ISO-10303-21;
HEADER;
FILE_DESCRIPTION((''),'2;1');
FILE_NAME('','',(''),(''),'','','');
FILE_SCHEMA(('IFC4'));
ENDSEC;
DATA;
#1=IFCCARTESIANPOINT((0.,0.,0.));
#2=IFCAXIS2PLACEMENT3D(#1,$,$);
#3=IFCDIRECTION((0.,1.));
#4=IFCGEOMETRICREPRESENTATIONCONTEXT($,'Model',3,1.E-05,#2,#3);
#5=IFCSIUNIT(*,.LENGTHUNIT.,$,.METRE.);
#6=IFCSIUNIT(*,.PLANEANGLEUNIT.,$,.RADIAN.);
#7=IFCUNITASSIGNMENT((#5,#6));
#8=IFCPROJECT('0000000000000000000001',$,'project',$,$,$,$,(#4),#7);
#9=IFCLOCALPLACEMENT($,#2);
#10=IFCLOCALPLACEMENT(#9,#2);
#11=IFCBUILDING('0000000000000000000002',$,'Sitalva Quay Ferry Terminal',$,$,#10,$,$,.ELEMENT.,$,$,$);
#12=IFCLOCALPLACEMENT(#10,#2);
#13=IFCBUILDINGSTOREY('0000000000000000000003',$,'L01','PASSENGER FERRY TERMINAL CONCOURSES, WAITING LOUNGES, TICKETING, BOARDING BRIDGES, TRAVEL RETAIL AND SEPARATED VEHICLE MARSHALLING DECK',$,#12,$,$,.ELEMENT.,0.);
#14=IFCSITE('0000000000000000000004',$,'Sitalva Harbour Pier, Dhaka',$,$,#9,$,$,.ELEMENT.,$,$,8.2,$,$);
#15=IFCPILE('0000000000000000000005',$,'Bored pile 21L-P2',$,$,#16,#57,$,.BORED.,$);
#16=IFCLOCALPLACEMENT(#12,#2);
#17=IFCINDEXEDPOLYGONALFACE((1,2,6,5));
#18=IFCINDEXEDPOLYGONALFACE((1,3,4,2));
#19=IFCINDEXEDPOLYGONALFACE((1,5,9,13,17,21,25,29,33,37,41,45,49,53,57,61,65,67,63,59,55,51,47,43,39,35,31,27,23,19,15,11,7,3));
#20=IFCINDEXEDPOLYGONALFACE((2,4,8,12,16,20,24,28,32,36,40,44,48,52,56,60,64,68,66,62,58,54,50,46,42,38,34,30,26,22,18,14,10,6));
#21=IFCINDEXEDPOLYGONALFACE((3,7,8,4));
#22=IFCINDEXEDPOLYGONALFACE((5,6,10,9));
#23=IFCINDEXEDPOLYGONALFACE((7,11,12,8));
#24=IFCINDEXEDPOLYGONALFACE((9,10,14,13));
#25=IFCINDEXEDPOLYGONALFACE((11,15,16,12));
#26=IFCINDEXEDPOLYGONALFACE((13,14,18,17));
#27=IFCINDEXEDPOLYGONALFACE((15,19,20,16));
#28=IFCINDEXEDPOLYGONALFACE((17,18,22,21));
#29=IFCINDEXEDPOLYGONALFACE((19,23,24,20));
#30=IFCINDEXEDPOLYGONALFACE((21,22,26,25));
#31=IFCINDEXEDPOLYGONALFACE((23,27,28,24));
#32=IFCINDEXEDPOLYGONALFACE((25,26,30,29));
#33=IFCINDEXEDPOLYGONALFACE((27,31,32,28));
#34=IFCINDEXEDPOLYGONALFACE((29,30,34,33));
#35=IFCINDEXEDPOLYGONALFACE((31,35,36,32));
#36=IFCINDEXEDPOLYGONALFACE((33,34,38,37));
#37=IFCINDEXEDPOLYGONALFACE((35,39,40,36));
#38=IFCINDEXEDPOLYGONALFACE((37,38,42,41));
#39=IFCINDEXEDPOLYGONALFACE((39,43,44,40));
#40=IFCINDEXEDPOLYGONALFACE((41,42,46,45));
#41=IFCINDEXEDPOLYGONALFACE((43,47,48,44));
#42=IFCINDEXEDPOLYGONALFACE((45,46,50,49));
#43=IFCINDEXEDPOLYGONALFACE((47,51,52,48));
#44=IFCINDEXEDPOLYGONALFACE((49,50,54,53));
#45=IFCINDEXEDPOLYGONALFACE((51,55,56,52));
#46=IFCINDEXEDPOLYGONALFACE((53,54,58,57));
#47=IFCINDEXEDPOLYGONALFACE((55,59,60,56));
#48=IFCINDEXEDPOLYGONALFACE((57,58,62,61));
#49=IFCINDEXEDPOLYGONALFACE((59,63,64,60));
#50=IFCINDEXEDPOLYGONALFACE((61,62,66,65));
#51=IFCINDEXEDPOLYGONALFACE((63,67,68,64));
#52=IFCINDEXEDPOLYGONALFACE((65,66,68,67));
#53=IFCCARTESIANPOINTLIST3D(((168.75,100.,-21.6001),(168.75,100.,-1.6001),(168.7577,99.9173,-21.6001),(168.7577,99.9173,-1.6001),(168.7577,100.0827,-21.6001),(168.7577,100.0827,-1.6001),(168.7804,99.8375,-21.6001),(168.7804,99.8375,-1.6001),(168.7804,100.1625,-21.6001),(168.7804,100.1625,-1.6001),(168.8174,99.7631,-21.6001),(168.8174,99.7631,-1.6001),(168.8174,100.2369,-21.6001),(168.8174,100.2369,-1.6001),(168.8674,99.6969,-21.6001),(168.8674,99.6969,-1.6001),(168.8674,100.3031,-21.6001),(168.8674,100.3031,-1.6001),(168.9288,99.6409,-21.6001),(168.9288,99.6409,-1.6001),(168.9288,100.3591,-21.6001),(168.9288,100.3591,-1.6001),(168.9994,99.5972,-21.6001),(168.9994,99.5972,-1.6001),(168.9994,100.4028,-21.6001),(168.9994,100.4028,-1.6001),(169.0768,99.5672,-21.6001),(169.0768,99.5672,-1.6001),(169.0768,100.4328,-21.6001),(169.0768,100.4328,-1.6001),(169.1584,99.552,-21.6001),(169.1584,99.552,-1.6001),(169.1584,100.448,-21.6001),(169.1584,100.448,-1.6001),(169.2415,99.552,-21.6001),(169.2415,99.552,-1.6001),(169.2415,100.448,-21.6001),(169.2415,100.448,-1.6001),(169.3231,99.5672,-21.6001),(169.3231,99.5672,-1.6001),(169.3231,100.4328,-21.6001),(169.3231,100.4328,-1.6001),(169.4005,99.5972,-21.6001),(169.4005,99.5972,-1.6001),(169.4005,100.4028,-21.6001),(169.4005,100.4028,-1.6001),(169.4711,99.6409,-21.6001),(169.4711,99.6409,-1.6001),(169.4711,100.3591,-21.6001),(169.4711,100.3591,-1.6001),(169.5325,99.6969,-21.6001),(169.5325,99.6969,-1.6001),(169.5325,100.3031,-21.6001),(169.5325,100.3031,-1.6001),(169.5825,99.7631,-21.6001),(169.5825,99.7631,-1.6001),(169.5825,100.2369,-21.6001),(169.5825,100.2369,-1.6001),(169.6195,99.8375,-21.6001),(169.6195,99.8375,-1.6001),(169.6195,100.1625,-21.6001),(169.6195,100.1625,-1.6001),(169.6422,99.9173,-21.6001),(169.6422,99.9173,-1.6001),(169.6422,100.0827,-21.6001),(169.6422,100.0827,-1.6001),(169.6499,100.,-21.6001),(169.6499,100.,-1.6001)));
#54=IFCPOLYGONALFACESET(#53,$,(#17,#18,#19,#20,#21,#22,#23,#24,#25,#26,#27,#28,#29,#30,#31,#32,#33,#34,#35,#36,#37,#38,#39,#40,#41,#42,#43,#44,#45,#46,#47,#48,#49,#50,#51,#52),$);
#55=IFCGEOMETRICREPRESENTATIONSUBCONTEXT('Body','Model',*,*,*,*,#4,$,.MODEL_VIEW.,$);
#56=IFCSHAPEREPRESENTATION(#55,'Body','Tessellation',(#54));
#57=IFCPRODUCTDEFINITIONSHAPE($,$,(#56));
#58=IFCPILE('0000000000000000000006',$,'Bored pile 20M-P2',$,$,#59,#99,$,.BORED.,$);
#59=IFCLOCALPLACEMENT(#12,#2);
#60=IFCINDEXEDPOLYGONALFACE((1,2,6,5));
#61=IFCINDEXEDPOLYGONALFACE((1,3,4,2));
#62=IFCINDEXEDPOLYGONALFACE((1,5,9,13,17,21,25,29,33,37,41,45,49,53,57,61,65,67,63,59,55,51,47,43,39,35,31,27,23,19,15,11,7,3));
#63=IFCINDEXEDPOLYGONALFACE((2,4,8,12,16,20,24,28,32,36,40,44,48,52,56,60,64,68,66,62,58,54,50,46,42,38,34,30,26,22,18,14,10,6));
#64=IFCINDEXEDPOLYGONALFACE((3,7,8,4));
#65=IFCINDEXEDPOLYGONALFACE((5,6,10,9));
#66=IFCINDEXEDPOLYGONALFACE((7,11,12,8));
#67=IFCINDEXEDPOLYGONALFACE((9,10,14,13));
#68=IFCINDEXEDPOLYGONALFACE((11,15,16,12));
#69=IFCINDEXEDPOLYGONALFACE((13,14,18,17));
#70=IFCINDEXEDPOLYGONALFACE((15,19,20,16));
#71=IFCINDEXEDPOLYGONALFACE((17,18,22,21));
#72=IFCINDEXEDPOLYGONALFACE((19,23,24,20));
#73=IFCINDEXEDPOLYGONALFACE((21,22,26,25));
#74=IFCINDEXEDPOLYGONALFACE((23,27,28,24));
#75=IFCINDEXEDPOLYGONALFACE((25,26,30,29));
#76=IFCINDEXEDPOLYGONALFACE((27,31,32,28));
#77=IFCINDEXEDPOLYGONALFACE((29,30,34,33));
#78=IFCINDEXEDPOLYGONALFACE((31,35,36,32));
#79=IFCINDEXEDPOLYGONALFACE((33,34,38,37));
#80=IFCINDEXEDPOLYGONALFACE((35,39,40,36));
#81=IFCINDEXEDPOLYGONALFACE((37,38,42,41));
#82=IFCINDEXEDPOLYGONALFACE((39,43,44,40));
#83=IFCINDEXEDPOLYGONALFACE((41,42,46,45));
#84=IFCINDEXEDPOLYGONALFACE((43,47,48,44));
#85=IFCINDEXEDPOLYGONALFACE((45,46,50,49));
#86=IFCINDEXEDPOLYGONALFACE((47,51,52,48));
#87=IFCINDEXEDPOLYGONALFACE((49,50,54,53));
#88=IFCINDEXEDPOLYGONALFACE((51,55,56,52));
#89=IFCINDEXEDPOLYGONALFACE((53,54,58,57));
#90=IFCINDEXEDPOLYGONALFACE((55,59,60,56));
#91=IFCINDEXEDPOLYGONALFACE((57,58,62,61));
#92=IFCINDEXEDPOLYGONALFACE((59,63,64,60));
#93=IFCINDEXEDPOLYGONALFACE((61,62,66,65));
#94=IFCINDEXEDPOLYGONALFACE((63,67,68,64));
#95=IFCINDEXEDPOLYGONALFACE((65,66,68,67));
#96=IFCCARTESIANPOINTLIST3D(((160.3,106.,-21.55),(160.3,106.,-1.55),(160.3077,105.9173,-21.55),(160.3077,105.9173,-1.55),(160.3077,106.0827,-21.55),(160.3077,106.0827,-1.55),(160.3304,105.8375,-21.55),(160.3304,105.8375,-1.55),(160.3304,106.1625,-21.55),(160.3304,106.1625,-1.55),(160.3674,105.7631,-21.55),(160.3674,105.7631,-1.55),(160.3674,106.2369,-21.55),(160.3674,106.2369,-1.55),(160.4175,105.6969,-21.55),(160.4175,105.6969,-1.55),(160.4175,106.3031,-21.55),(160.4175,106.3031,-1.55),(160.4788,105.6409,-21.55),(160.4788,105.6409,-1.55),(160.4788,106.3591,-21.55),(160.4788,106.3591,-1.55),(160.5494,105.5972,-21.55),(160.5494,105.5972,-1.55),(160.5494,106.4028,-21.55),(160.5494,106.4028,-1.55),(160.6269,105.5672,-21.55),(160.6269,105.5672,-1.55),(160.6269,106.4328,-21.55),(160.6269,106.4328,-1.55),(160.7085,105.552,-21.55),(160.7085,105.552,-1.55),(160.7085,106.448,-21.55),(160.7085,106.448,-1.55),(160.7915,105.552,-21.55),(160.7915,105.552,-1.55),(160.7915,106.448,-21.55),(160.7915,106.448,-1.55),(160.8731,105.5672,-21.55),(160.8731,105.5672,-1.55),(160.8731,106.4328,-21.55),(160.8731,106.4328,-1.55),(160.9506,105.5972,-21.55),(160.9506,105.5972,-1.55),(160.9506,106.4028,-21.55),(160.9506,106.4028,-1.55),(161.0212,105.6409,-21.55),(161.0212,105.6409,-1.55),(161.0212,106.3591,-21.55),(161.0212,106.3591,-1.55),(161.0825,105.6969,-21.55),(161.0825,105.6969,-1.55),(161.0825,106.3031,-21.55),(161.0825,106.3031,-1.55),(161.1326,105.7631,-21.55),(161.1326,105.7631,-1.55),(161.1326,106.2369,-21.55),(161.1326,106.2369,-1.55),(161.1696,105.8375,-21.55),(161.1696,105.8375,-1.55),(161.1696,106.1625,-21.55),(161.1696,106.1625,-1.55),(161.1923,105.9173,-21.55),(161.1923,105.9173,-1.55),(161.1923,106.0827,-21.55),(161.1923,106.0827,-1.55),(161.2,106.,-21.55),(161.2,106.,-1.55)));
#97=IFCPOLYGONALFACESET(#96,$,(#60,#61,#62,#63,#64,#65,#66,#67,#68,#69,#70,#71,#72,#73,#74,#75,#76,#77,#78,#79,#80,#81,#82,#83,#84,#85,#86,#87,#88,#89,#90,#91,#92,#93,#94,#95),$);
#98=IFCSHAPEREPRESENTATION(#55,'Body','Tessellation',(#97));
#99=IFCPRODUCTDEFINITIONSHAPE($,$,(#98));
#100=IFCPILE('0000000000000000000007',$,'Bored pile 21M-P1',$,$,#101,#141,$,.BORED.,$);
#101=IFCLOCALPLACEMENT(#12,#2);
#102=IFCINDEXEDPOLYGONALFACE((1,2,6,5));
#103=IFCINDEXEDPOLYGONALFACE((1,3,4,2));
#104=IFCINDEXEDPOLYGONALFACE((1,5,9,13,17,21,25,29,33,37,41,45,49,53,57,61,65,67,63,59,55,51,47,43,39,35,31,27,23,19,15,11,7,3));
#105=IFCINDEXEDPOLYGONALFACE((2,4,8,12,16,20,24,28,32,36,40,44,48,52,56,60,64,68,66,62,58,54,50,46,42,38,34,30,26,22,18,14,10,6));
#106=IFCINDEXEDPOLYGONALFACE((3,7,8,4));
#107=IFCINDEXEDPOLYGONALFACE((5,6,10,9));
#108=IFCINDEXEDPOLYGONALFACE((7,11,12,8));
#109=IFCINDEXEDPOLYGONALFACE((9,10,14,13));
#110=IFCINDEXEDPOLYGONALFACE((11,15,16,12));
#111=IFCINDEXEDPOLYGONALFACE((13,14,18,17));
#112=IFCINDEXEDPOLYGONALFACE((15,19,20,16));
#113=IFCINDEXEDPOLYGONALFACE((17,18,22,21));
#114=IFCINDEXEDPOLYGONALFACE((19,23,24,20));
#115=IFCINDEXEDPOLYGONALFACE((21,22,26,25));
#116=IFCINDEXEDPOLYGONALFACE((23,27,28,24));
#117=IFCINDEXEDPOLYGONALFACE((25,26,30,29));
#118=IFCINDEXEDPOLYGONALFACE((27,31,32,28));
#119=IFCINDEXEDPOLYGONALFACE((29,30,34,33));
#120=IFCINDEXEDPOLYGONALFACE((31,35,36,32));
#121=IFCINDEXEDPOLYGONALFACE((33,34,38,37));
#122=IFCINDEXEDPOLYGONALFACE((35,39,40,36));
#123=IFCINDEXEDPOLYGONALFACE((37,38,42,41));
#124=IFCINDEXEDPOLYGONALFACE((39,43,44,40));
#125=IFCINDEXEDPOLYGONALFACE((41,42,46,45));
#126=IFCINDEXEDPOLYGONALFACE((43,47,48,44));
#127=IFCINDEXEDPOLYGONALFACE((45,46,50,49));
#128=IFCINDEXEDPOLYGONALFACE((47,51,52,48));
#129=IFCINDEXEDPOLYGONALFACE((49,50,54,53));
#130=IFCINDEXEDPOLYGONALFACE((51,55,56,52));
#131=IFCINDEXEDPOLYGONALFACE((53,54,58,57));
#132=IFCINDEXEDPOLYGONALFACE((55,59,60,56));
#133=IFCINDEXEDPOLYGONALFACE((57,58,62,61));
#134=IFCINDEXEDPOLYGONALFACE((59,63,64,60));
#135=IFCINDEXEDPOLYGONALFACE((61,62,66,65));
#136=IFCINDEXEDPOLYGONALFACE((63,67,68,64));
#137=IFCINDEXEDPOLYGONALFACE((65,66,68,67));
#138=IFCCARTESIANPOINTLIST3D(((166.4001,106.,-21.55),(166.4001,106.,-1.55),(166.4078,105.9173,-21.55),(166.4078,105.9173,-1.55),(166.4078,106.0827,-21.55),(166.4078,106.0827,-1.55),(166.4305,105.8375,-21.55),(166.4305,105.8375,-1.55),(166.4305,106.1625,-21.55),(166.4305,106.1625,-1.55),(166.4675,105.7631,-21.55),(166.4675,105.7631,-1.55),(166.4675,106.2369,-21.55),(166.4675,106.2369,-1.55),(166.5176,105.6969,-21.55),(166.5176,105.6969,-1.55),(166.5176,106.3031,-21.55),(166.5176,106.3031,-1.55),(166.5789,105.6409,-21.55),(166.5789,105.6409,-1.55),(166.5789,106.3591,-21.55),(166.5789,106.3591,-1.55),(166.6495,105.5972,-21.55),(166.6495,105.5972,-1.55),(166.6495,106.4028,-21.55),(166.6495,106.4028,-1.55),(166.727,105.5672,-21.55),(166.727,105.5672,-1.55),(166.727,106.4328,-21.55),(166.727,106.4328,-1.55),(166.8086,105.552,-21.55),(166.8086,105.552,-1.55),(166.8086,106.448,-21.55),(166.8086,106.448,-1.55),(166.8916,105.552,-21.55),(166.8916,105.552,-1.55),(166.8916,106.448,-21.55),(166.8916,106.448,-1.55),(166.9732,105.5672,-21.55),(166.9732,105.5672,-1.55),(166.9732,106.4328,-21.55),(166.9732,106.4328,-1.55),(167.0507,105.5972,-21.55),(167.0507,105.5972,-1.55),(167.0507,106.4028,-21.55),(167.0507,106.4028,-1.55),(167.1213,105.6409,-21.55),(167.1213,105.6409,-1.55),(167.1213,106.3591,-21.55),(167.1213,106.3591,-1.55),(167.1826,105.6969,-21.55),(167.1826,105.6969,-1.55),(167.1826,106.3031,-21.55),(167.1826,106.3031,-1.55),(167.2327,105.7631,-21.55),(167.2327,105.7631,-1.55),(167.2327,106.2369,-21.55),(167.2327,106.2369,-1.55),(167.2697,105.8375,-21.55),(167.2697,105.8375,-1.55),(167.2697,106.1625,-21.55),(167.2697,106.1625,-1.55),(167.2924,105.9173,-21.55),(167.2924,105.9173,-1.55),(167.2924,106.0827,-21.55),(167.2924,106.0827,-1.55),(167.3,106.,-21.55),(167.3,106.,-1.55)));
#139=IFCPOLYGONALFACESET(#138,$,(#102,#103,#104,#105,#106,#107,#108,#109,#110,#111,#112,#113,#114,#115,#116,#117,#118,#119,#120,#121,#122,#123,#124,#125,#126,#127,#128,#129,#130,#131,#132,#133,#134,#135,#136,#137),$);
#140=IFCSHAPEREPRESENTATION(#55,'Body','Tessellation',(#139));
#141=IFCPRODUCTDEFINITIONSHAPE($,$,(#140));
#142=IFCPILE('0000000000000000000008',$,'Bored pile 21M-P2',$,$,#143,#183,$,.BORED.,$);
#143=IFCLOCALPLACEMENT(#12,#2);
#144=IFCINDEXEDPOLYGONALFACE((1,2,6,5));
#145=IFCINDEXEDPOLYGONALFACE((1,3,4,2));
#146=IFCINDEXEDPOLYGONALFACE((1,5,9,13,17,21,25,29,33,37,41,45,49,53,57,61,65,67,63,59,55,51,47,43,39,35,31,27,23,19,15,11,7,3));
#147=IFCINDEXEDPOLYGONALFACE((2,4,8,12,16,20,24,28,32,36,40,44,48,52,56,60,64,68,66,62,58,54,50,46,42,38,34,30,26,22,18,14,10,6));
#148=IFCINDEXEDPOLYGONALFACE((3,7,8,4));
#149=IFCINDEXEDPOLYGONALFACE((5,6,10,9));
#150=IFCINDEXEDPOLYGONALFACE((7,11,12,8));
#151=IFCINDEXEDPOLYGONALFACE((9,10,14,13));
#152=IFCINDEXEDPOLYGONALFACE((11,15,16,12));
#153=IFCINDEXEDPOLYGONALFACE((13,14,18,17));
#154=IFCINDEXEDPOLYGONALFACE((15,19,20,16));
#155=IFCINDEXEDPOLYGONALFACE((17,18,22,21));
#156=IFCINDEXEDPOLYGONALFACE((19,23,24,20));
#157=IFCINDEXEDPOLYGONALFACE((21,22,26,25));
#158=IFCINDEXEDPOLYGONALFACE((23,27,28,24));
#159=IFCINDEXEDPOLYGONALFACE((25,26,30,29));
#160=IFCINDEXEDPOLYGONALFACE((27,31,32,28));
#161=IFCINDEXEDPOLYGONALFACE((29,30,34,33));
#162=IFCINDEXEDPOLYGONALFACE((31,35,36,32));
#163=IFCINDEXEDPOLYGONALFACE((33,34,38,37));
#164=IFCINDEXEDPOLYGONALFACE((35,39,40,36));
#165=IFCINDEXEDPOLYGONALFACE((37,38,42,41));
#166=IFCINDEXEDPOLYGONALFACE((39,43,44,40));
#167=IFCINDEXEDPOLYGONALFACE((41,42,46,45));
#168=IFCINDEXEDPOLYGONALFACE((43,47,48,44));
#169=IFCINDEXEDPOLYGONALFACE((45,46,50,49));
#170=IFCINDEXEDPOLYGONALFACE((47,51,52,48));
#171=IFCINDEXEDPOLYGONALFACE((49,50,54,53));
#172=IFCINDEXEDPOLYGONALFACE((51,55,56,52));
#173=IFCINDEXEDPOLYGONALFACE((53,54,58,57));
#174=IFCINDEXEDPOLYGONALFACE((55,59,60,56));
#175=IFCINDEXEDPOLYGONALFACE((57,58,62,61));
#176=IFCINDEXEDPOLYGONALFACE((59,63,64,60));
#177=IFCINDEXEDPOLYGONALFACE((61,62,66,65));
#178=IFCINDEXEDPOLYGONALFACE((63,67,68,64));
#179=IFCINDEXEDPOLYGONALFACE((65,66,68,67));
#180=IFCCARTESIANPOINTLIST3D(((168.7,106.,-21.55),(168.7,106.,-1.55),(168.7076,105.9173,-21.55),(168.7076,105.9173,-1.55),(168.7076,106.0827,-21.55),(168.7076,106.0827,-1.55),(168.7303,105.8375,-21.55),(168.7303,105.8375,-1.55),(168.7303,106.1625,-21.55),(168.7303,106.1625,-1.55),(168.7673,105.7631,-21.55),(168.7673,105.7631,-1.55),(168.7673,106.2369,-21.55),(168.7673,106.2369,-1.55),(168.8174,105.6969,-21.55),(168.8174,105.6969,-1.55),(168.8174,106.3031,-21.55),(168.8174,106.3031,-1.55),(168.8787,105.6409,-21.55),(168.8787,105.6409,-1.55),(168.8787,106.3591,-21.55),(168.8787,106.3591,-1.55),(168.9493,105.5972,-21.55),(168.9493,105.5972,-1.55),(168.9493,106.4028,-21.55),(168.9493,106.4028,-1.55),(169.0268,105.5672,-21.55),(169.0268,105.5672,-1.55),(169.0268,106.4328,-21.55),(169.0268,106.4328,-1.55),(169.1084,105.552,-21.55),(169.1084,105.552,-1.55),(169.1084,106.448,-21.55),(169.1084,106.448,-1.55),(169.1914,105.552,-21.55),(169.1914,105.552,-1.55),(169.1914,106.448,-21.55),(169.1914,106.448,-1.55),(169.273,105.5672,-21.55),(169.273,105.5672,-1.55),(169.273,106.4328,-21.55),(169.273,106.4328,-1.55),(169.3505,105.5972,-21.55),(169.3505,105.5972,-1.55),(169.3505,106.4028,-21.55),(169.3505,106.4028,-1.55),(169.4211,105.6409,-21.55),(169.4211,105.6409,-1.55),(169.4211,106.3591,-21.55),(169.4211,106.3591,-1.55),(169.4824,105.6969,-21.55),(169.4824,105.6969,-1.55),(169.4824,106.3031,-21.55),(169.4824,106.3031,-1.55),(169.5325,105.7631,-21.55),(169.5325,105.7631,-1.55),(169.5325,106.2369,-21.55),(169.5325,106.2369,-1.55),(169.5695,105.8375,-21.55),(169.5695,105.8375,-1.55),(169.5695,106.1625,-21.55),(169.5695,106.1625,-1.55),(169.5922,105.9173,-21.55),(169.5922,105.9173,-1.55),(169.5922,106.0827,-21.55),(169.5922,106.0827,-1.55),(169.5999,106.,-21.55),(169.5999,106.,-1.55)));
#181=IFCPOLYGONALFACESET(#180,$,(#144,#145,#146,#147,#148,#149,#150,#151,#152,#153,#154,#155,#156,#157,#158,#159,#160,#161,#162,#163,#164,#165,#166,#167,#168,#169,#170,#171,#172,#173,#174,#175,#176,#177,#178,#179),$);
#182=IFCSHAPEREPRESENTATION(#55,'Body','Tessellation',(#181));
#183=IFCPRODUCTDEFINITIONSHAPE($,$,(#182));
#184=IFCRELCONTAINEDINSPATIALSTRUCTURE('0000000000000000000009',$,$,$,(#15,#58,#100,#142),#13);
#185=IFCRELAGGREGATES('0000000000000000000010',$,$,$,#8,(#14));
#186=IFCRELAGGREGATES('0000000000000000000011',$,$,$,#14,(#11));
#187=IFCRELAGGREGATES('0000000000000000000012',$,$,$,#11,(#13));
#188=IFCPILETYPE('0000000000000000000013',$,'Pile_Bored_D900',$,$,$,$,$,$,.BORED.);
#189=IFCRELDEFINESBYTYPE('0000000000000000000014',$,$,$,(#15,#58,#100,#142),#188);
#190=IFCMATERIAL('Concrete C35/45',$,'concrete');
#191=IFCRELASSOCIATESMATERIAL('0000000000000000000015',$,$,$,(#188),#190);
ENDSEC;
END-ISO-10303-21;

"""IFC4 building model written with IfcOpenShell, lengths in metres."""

from ifc_helpers import new_model, si_unit, direction, frame, origin, origin_2d, place, context, subcontext, project, spatial, circle, extrude, material, material_profile, profile_set, type_object, element, save


model = new_model("IFC4")

# Units and contexts
model_context = context("Model", 3, precision=1e-05, world=origin(), true_north=direction((0.0, 1.0)))
body_context = subcontext(model_context, "Body", "Model", "MODEL_VIEW")
ifc_project = project(units=[si_unit("LENGTHUNIT", "METRE"), si_unit("PLANEANGLEUNIT", "RADIAN")], contexts=[model_context])

# Site, building, storey
site_placement = place(None, origin())
site = spatial("IfcSite", under=ifc_project, at=site_placement, Name="Sitalva Harbour Pier, Dhaka", CompositionType="ELEMENT", RefElevation=8.2)
building_placement = place(site_placement, origin())
building = spatial("IfcBuilding", under=site, at=building_placement, Name="Sitalva Quay Ferry Terminal", CompositionType="ELEMENT")
storey_placement = place(building_placement, origin())
storey = spatial("IfcBuildingStorey", under=building, at=storey_placement, Name="L01", Description="PASSENGER FERRY TERMINAL CONCOURSES, WAITING LOUNGES, TICKETING, BOARDING BRIDGES, TRAVEL RETAIL AND SEPARATED VEHICLE MARSHALLING DECK", CompositionType="ELEMENT", Elevation=0.0)

# Piles
ifc_material_1 = material(Name="Concrete C35/45", Category="concrete")
ifc_material_profile_1 = material_profile(ifc_material_1, circle(Radius=0.45, at=origin_2d()), Name="PILE-D900")
ifc_profile_set_1 = profile_set([ifc_material_profile_1], Name="Concrete C35/45")
pile_type = type_object("IfcPileType", Name="Pile_Bored_D900", PredefinedType="BORED", material=ifc_profile_set_1)
for number, where, z_axis, x_axis, name in (
    (1, (169.2, 100.0, -1.6001), (0.0, 0.0, -1.0), (1.0, 0.0, 0.0), "Bored pile 21L-P2"),
    (2, (160.75, 106.0, -1.55), (0.0, 0.0, -1.0), (1.0, 0.0, 0.0), "Bored pile 20M-P2"),
    (3, (166.8501, 106.0, -1.55), (0.0, 0.0, -1.0), (1.0, 0.0, 0.0), "Bored pile 21M-P1"),
    (4, (169.1499, 106.0, -1.55), (0.0, 0.0, -1.0), (1.0, 0.0, 0.0), "Bored pile 21M-P2"),
):
    element("IfcPile", number, at=place(storey_placement, frame(where, z_axis=z_axis, x_axis=x_axis)), inside=storey, type_object=pile_type, Name=name, PredefinedType="BORED", context=body_context, shape_type="SweptSolid", body=[
        extrude(circle(Radius=0.45, at=origin_2d()), origin(), (0.0, 0.0, 1.0), 20.0),
    ])

save(model, "model.ifc")
